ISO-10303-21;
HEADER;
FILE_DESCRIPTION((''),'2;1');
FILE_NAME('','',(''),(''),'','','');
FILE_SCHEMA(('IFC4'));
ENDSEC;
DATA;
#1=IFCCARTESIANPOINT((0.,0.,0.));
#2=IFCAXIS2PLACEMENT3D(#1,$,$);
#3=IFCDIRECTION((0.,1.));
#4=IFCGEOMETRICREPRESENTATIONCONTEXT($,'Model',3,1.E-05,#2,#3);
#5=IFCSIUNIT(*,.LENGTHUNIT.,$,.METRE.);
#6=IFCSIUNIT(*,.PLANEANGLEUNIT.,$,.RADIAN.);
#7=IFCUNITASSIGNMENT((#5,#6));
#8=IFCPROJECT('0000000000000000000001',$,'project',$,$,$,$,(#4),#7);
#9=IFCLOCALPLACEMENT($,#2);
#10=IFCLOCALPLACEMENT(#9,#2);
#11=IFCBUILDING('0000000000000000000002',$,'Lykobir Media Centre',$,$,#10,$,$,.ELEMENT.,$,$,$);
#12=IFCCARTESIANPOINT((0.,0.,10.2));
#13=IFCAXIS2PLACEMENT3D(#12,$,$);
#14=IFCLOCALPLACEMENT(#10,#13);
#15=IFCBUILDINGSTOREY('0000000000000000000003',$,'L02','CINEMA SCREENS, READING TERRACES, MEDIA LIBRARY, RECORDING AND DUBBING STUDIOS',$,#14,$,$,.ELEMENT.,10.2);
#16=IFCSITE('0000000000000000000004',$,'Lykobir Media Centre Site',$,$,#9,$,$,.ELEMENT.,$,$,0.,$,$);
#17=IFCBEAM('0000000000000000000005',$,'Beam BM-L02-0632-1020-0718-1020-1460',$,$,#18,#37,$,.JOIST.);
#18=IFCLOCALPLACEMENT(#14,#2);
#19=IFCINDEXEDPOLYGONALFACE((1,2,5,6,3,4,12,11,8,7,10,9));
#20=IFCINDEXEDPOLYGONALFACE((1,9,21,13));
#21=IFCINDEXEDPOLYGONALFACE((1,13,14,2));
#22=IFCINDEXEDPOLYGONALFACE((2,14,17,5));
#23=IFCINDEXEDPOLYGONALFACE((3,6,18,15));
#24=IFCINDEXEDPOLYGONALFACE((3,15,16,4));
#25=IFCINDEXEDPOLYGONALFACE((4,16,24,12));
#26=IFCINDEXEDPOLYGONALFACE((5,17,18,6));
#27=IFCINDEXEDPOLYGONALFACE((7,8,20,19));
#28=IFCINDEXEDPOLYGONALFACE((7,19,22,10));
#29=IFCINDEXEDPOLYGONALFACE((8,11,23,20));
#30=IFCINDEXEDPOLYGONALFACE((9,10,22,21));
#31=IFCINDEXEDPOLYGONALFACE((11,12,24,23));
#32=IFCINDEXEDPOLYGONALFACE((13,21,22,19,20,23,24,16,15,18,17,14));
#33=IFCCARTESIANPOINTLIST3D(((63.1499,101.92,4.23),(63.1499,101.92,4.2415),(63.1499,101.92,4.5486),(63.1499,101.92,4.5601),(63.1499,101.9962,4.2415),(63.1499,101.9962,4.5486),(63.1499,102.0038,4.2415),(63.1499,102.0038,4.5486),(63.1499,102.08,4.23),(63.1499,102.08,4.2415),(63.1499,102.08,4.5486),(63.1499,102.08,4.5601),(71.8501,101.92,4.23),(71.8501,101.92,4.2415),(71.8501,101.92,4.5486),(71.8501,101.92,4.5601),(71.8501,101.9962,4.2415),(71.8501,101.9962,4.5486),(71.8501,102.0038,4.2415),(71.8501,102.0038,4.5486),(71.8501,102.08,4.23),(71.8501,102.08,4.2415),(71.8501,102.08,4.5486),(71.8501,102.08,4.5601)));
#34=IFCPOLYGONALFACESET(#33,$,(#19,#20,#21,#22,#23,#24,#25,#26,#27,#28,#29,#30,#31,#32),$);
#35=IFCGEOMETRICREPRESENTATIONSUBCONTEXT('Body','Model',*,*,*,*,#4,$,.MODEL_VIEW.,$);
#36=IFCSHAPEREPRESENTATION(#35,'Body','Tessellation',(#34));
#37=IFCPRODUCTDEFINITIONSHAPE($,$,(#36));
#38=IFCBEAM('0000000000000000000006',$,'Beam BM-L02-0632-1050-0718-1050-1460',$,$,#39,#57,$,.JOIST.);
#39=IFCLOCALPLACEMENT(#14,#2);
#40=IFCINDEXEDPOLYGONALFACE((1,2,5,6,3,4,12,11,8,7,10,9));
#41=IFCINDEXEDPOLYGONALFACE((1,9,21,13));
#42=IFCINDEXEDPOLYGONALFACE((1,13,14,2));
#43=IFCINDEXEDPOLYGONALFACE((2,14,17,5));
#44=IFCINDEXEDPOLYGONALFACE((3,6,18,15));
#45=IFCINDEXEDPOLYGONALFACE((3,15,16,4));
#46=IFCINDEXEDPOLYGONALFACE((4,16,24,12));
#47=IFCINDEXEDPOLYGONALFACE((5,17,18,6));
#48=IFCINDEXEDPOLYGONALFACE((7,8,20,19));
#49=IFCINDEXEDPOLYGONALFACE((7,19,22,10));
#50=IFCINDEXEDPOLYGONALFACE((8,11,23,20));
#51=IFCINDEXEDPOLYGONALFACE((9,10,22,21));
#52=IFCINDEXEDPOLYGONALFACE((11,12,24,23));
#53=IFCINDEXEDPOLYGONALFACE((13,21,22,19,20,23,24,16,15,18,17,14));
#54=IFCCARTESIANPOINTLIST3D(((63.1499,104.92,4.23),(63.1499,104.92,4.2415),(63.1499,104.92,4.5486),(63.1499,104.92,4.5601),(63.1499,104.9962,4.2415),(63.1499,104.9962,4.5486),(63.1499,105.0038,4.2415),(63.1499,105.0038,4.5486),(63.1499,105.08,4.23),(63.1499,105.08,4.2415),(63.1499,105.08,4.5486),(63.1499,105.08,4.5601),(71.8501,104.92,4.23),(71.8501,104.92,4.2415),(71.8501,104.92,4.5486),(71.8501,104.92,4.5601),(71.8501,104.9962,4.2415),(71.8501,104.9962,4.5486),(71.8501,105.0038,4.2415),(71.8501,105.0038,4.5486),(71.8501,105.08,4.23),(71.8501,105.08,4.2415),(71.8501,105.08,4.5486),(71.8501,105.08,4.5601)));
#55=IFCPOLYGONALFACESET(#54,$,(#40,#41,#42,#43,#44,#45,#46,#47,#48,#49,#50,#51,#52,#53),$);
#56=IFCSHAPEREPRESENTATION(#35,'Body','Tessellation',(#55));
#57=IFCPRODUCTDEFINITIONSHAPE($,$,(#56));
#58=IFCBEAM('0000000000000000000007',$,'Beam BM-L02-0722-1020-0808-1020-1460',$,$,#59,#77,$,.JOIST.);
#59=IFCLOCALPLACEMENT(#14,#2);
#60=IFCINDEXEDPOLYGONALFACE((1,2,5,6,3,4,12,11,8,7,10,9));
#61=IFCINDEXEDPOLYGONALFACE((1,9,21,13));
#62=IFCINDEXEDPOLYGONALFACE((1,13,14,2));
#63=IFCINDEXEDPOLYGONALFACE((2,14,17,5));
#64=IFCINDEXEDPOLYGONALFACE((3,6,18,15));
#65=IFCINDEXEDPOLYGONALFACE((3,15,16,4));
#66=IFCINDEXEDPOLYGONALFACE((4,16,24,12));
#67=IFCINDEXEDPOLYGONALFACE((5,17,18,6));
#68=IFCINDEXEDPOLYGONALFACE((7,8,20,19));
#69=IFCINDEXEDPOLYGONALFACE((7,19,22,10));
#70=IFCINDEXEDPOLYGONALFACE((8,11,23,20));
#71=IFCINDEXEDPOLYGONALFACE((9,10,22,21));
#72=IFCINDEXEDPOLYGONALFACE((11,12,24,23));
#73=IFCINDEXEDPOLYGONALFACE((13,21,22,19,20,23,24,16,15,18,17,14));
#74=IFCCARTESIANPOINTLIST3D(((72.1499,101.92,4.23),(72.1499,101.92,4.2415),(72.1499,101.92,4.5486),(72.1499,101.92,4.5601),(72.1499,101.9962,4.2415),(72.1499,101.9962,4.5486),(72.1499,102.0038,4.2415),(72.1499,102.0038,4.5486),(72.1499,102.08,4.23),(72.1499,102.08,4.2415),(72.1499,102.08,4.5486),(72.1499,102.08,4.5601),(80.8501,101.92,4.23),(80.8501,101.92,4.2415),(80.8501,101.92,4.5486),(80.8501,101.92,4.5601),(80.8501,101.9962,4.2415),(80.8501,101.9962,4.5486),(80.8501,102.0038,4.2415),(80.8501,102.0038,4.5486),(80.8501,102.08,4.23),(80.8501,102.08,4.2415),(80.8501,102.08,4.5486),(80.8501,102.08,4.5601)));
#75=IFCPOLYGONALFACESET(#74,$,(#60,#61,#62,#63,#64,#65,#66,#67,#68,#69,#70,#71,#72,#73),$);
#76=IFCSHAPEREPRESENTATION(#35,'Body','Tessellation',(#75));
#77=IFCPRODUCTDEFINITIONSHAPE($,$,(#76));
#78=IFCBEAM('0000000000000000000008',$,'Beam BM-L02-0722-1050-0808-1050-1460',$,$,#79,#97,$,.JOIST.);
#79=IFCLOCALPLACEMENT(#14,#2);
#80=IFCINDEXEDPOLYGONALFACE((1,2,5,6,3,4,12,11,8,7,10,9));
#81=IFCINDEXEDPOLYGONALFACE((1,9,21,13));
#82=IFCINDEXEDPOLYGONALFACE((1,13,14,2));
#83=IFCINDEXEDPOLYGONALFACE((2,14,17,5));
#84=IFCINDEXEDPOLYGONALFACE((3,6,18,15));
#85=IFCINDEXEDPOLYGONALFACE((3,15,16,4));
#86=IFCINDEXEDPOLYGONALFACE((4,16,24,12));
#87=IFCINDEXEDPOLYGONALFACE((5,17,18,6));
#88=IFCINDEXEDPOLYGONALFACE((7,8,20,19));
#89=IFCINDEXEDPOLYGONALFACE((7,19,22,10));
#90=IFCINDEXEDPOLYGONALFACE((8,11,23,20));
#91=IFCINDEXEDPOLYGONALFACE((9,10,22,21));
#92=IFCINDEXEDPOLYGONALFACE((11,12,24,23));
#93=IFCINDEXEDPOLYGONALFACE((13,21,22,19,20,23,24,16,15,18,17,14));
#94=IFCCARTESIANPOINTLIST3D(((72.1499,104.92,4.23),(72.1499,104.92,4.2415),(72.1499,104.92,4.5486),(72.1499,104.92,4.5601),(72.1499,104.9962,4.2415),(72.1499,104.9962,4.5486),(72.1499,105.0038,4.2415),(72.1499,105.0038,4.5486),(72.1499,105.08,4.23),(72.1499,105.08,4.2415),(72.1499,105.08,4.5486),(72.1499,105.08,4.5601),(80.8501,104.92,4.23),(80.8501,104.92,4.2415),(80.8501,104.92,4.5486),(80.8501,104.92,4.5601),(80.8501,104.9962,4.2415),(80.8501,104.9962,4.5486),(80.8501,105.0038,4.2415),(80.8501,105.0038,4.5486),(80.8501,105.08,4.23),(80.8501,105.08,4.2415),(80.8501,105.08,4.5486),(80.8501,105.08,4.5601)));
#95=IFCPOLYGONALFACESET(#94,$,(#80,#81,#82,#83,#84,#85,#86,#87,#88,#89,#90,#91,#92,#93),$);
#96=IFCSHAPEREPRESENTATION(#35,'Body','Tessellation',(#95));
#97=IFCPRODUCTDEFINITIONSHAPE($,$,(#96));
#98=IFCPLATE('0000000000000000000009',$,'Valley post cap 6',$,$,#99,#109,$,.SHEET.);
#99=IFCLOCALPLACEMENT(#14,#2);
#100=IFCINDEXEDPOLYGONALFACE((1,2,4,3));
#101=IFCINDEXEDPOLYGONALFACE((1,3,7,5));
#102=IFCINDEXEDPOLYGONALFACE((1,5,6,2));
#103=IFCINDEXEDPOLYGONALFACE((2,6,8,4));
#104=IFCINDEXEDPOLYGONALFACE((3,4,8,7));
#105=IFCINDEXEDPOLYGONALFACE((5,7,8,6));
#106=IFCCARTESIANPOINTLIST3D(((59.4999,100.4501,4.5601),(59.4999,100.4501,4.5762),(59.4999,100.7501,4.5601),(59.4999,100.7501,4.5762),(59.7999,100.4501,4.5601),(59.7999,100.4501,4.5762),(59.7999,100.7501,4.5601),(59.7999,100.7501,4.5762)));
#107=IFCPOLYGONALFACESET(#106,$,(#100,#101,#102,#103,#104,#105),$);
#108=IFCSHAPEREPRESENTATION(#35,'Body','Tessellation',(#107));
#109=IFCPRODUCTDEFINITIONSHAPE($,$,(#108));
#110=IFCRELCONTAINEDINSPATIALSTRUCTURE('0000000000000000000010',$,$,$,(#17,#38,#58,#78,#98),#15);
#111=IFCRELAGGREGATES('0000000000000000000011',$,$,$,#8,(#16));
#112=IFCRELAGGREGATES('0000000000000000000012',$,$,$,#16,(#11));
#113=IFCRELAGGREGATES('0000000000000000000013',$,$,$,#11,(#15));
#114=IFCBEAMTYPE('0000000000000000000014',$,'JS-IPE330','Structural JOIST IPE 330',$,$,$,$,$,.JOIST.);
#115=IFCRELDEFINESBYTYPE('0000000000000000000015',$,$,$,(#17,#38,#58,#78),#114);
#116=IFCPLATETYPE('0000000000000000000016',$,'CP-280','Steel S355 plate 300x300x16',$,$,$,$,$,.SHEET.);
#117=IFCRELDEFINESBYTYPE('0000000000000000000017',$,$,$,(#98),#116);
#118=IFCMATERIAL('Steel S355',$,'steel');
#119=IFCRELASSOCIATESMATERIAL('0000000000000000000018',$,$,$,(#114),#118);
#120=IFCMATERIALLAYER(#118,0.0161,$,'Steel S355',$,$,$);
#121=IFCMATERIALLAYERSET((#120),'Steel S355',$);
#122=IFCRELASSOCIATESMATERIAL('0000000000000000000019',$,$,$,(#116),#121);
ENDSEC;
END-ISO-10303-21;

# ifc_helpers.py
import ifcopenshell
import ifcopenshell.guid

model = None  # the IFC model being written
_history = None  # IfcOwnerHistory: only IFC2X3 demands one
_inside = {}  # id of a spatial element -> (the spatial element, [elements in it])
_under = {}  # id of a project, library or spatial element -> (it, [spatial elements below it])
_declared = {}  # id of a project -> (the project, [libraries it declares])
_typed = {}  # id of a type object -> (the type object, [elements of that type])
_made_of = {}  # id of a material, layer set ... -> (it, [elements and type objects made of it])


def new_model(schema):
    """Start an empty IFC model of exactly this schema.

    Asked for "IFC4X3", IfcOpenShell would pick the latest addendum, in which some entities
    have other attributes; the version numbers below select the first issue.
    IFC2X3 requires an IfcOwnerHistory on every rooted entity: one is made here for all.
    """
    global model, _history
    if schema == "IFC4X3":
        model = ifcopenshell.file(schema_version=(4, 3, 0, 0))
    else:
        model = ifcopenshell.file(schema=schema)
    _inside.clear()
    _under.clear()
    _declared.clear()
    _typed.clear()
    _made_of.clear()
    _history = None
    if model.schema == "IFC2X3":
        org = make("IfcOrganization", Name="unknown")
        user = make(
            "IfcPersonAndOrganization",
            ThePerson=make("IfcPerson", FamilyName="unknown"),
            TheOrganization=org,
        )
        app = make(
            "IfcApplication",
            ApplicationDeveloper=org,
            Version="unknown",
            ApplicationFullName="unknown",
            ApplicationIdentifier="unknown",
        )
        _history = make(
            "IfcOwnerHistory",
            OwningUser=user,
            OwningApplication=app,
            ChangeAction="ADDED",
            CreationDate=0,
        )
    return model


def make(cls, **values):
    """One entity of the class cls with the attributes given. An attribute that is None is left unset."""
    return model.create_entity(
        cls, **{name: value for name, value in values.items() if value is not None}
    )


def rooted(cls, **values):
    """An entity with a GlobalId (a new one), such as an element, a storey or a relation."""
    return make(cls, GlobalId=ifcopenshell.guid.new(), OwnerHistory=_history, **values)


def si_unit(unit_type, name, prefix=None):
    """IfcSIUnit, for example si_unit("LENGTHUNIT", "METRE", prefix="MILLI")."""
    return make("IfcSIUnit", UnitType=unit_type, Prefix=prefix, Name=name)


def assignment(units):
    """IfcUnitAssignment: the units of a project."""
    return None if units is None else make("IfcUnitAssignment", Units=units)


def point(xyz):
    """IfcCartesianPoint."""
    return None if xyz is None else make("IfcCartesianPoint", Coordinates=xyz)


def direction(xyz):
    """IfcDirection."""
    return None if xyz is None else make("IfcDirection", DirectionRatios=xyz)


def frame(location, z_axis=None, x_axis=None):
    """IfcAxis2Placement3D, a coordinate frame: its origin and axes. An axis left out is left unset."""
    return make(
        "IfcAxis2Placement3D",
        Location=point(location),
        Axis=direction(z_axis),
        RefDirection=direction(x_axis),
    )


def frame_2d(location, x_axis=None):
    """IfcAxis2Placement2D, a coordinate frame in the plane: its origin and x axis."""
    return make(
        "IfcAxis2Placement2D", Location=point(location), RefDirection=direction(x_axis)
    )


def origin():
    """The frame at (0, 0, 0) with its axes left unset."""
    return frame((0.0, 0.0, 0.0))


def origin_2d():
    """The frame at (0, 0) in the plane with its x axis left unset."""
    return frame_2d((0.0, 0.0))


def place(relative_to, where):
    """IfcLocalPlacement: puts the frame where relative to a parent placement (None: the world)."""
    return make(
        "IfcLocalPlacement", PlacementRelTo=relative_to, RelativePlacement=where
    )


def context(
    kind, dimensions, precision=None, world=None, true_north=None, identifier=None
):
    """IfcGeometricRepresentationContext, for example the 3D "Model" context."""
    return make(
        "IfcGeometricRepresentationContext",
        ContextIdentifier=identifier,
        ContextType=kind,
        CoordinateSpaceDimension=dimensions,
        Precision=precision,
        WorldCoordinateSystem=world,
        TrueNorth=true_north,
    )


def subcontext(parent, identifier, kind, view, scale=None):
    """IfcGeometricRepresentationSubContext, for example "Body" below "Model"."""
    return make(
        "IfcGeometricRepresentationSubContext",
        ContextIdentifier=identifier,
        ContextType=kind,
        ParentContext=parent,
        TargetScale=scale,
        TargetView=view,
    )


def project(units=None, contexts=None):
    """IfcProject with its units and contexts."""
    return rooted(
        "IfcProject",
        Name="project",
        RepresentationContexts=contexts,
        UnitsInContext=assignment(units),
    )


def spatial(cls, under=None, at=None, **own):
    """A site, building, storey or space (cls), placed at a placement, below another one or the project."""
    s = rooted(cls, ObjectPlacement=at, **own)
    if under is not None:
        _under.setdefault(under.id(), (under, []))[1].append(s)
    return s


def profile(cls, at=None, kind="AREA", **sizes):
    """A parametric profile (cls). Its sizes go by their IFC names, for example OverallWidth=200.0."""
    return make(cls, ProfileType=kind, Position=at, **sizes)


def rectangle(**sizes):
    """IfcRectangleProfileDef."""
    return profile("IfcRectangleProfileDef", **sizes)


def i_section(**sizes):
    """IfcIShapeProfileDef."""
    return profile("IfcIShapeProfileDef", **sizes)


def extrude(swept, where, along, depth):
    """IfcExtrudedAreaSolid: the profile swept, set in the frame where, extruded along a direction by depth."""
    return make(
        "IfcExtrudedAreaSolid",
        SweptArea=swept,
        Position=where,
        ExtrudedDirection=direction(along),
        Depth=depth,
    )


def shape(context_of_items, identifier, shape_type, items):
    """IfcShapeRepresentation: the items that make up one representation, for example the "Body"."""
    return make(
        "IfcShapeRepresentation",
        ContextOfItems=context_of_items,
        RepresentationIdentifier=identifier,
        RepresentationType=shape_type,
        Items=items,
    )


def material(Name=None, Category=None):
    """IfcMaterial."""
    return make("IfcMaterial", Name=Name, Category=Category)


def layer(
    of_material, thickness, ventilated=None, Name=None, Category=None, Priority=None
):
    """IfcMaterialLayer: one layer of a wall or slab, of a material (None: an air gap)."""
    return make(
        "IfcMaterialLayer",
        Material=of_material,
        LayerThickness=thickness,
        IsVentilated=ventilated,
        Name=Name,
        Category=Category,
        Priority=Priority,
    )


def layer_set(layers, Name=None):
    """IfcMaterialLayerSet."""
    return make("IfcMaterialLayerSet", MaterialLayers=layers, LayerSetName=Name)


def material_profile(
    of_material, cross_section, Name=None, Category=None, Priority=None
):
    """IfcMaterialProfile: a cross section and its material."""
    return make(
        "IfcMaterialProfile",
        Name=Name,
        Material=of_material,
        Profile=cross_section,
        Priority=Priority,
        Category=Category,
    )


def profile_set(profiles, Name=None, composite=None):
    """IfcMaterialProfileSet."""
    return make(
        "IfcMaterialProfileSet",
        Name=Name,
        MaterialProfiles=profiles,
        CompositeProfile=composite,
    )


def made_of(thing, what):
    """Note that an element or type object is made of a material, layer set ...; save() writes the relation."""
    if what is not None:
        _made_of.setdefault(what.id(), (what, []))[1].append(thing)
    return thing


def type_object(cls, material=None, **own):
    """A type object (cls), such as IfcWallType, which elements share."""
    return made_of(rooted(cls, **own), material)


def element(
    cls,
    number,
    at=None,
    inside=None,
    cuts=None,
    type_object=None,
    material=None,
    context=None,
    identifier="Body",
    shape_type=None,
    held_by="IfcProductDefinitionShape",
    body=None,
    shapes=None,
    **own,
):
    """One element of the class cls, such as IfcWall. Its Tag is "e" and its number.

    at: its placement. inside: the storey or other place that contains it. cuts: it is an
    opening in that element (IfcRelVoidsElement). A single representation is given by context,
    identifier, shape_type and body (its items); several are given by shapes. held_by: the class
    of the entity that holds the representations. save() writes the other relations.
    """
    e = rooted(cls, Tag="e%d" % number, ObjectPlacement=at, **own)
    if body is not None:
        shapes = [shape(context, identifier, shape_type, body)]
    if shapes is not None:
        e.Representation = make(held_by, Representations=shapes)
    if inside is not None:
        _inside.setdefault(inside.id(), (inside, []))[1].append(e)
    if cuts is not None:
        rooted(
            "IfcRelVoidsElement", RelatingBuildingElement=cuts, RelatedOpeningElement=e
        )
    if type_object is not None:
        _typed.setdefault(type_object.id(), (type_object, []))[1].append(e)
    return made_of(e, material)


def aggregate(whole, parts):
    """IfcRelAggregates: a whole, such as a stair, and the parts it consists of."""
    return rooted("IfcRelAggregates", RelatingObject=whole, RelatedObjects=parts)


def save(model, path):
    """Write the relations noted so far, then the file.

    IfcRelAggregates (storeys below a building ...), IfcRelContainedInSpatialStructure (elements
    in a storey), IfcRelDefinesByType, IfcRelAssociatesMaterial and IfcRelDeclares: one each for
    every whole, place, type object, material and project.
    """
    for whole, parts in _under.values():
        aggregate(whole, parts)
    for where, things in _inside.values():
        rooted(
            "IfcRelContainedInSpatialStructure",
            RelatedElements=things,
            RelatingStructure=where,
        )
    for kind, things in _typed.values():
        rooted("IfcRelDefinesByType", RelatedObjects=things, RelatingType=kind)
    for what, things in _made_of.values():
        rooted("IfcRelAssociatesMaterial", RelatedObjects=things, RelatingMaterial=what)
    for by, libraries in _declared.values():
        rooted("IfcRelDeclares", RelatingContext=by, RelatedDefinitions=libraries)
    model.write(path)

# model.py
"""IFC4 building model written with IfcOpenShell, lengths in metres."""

from ifc_helpers import new_model, si_unit, direction, frame, origin, origin_2d, place, context, subcontext, project, spatial, rectangle, i_section, extrude, material, layer, layer_set, material_profile, profile_set, type_object, element, save


model = new_model("IFC4")

# Units and contexts
model_context = context("Model", 3, precision=1e-05, world=origin(), true_north=direction((0.0, 1.0)))
body_context = subcontext(model_context, "Body", "Model", "MODEL_VIEW")
ifc_project = project(units=[si_unit("LENGTHUNIT", "METRE"), si_unit("PLANEANGLEUNIT", "RADIAN")], contexts=[model_context])

# Site, building, storey
site_placement = place(None, origin())
site = spatial("IfcSite", under=ifc_project, at=site_placement, Name="Lykobir Media Centre Site", CompositionType="ELEMENT", RefElevation=0.0)
building_placement = place(site_placement, origin())
building = spatial("IfcBuilding", under=site, at=building_placement, Name="Lykobir Media Centre", CompositionType="ELEMENT")
storey_placement = place(building_placement, frame((0.0, 0.0, 10.2)))
storey = spatial("IfcBuildingStorey", under=building, at=storey_placement, Name="L02", Description="CINEMA SCREENS, READING TERRACES, MEDIA LIBRARY, RECORDING AND DUBBING STUDIOS", CompositionType="ELEMENT", Elevation=10.2)

# Shared definitions
ifc_material_1 = material(Name="Steel S355", Category="steel")

# Beams
ifc_material_profile_1 = material_profile(ifc_material_1, i_section(OverallWidth=0.1599, OverallDepth=0.3301, WebThickness=0.0076, FlangeThickness=0.0115, at=origin_2d()), Name="IPE 330")
ifc_profile_set_1 = profile_set([ifc_material_profile_1], Name="Steel S355")
beam_type_1 = type_object("IfcBeamType", Name="JS-IPE330", Description="Structural JOIST IPE 330", PredefinedType="JOIST", material=ifc_profile_set_1)
for number, where, z_axis, x_axis, name in (
    (1, (63.1499, 102.0, 4.395), (1.0, 0.0, 0.0), (0.0, 1.0, 0.0), "Beam BM-L02-0632-1020-0718-1020-1460"),
    (2, (63.1499, 105.0, 4.395), (1.0, 0.0, 0.0), (0.0, 1.0, 0.0), "Beam BM-L02-0632-1050-0718-1050-1460"),
    (3, (72.1499, 102.0, 4.395), (1.0, 0.0, 0.0), (0.0, 1.0, 0.0), "Beam BM-L02-0722-1020-0808-1020-1460"),
    (4, (72.1499, 105.0, 4.395), (1.0, 0.0, 0.0), (0.0, 1.0, 0.0), "Beam BM-L02-0722-1050-0808-1050-1460"),
):
    element("IfcBeam", number, at=place(storey_placement, frame(where, z_axis=z_axis, x_axis=x_axis)), inside=storey, type_object=beam_type_1, Name=name, PredefinedType="JOIST", context=body_context, shape_type="SweptSolid", body=[
        extrude(i_section(OverallWidth=0.1599, OverallDepth=0.3301, WebThickness=0.0076, FlangeThickness=0.0115, at=origin_2d()), origin(), (0.0, 0.0, 1.0), 8.7002),
    ])

# Plate
ifc_layer = layer(ifc_material_1, 0.0161, Name="Steel S355")
ifc_layer_set = layer_set([ifc_layer], Name="Steel S355")
plate_type = type_object("IfcPlateType", Name="CP-280", Description="Steel S355 plate 300x300x16", PredefinedType="SHEET", material=ifc_layer_set)
plate_placement = place(storey_placement, frame((59.6499, 100.6001, 4.5601), z_axis=(0.0, 0.0, 1.0), x_axis=(1.0, 0.0, 0.0)))
element("IfcPlate", 5, at=plate_placement, inside=storey, type_object=plate_type, Name="Valley post cap 6", PredefinedType="SHEET", context=body_context, shape_type="SweptSolid", body=[
    extrude(rectangle(XDim=0.3, YDim=0.3, at=origin_2d()), origin(), (0.0, 0.0, 1.0), 0.0161),
])

save(model, "model.ifc")
